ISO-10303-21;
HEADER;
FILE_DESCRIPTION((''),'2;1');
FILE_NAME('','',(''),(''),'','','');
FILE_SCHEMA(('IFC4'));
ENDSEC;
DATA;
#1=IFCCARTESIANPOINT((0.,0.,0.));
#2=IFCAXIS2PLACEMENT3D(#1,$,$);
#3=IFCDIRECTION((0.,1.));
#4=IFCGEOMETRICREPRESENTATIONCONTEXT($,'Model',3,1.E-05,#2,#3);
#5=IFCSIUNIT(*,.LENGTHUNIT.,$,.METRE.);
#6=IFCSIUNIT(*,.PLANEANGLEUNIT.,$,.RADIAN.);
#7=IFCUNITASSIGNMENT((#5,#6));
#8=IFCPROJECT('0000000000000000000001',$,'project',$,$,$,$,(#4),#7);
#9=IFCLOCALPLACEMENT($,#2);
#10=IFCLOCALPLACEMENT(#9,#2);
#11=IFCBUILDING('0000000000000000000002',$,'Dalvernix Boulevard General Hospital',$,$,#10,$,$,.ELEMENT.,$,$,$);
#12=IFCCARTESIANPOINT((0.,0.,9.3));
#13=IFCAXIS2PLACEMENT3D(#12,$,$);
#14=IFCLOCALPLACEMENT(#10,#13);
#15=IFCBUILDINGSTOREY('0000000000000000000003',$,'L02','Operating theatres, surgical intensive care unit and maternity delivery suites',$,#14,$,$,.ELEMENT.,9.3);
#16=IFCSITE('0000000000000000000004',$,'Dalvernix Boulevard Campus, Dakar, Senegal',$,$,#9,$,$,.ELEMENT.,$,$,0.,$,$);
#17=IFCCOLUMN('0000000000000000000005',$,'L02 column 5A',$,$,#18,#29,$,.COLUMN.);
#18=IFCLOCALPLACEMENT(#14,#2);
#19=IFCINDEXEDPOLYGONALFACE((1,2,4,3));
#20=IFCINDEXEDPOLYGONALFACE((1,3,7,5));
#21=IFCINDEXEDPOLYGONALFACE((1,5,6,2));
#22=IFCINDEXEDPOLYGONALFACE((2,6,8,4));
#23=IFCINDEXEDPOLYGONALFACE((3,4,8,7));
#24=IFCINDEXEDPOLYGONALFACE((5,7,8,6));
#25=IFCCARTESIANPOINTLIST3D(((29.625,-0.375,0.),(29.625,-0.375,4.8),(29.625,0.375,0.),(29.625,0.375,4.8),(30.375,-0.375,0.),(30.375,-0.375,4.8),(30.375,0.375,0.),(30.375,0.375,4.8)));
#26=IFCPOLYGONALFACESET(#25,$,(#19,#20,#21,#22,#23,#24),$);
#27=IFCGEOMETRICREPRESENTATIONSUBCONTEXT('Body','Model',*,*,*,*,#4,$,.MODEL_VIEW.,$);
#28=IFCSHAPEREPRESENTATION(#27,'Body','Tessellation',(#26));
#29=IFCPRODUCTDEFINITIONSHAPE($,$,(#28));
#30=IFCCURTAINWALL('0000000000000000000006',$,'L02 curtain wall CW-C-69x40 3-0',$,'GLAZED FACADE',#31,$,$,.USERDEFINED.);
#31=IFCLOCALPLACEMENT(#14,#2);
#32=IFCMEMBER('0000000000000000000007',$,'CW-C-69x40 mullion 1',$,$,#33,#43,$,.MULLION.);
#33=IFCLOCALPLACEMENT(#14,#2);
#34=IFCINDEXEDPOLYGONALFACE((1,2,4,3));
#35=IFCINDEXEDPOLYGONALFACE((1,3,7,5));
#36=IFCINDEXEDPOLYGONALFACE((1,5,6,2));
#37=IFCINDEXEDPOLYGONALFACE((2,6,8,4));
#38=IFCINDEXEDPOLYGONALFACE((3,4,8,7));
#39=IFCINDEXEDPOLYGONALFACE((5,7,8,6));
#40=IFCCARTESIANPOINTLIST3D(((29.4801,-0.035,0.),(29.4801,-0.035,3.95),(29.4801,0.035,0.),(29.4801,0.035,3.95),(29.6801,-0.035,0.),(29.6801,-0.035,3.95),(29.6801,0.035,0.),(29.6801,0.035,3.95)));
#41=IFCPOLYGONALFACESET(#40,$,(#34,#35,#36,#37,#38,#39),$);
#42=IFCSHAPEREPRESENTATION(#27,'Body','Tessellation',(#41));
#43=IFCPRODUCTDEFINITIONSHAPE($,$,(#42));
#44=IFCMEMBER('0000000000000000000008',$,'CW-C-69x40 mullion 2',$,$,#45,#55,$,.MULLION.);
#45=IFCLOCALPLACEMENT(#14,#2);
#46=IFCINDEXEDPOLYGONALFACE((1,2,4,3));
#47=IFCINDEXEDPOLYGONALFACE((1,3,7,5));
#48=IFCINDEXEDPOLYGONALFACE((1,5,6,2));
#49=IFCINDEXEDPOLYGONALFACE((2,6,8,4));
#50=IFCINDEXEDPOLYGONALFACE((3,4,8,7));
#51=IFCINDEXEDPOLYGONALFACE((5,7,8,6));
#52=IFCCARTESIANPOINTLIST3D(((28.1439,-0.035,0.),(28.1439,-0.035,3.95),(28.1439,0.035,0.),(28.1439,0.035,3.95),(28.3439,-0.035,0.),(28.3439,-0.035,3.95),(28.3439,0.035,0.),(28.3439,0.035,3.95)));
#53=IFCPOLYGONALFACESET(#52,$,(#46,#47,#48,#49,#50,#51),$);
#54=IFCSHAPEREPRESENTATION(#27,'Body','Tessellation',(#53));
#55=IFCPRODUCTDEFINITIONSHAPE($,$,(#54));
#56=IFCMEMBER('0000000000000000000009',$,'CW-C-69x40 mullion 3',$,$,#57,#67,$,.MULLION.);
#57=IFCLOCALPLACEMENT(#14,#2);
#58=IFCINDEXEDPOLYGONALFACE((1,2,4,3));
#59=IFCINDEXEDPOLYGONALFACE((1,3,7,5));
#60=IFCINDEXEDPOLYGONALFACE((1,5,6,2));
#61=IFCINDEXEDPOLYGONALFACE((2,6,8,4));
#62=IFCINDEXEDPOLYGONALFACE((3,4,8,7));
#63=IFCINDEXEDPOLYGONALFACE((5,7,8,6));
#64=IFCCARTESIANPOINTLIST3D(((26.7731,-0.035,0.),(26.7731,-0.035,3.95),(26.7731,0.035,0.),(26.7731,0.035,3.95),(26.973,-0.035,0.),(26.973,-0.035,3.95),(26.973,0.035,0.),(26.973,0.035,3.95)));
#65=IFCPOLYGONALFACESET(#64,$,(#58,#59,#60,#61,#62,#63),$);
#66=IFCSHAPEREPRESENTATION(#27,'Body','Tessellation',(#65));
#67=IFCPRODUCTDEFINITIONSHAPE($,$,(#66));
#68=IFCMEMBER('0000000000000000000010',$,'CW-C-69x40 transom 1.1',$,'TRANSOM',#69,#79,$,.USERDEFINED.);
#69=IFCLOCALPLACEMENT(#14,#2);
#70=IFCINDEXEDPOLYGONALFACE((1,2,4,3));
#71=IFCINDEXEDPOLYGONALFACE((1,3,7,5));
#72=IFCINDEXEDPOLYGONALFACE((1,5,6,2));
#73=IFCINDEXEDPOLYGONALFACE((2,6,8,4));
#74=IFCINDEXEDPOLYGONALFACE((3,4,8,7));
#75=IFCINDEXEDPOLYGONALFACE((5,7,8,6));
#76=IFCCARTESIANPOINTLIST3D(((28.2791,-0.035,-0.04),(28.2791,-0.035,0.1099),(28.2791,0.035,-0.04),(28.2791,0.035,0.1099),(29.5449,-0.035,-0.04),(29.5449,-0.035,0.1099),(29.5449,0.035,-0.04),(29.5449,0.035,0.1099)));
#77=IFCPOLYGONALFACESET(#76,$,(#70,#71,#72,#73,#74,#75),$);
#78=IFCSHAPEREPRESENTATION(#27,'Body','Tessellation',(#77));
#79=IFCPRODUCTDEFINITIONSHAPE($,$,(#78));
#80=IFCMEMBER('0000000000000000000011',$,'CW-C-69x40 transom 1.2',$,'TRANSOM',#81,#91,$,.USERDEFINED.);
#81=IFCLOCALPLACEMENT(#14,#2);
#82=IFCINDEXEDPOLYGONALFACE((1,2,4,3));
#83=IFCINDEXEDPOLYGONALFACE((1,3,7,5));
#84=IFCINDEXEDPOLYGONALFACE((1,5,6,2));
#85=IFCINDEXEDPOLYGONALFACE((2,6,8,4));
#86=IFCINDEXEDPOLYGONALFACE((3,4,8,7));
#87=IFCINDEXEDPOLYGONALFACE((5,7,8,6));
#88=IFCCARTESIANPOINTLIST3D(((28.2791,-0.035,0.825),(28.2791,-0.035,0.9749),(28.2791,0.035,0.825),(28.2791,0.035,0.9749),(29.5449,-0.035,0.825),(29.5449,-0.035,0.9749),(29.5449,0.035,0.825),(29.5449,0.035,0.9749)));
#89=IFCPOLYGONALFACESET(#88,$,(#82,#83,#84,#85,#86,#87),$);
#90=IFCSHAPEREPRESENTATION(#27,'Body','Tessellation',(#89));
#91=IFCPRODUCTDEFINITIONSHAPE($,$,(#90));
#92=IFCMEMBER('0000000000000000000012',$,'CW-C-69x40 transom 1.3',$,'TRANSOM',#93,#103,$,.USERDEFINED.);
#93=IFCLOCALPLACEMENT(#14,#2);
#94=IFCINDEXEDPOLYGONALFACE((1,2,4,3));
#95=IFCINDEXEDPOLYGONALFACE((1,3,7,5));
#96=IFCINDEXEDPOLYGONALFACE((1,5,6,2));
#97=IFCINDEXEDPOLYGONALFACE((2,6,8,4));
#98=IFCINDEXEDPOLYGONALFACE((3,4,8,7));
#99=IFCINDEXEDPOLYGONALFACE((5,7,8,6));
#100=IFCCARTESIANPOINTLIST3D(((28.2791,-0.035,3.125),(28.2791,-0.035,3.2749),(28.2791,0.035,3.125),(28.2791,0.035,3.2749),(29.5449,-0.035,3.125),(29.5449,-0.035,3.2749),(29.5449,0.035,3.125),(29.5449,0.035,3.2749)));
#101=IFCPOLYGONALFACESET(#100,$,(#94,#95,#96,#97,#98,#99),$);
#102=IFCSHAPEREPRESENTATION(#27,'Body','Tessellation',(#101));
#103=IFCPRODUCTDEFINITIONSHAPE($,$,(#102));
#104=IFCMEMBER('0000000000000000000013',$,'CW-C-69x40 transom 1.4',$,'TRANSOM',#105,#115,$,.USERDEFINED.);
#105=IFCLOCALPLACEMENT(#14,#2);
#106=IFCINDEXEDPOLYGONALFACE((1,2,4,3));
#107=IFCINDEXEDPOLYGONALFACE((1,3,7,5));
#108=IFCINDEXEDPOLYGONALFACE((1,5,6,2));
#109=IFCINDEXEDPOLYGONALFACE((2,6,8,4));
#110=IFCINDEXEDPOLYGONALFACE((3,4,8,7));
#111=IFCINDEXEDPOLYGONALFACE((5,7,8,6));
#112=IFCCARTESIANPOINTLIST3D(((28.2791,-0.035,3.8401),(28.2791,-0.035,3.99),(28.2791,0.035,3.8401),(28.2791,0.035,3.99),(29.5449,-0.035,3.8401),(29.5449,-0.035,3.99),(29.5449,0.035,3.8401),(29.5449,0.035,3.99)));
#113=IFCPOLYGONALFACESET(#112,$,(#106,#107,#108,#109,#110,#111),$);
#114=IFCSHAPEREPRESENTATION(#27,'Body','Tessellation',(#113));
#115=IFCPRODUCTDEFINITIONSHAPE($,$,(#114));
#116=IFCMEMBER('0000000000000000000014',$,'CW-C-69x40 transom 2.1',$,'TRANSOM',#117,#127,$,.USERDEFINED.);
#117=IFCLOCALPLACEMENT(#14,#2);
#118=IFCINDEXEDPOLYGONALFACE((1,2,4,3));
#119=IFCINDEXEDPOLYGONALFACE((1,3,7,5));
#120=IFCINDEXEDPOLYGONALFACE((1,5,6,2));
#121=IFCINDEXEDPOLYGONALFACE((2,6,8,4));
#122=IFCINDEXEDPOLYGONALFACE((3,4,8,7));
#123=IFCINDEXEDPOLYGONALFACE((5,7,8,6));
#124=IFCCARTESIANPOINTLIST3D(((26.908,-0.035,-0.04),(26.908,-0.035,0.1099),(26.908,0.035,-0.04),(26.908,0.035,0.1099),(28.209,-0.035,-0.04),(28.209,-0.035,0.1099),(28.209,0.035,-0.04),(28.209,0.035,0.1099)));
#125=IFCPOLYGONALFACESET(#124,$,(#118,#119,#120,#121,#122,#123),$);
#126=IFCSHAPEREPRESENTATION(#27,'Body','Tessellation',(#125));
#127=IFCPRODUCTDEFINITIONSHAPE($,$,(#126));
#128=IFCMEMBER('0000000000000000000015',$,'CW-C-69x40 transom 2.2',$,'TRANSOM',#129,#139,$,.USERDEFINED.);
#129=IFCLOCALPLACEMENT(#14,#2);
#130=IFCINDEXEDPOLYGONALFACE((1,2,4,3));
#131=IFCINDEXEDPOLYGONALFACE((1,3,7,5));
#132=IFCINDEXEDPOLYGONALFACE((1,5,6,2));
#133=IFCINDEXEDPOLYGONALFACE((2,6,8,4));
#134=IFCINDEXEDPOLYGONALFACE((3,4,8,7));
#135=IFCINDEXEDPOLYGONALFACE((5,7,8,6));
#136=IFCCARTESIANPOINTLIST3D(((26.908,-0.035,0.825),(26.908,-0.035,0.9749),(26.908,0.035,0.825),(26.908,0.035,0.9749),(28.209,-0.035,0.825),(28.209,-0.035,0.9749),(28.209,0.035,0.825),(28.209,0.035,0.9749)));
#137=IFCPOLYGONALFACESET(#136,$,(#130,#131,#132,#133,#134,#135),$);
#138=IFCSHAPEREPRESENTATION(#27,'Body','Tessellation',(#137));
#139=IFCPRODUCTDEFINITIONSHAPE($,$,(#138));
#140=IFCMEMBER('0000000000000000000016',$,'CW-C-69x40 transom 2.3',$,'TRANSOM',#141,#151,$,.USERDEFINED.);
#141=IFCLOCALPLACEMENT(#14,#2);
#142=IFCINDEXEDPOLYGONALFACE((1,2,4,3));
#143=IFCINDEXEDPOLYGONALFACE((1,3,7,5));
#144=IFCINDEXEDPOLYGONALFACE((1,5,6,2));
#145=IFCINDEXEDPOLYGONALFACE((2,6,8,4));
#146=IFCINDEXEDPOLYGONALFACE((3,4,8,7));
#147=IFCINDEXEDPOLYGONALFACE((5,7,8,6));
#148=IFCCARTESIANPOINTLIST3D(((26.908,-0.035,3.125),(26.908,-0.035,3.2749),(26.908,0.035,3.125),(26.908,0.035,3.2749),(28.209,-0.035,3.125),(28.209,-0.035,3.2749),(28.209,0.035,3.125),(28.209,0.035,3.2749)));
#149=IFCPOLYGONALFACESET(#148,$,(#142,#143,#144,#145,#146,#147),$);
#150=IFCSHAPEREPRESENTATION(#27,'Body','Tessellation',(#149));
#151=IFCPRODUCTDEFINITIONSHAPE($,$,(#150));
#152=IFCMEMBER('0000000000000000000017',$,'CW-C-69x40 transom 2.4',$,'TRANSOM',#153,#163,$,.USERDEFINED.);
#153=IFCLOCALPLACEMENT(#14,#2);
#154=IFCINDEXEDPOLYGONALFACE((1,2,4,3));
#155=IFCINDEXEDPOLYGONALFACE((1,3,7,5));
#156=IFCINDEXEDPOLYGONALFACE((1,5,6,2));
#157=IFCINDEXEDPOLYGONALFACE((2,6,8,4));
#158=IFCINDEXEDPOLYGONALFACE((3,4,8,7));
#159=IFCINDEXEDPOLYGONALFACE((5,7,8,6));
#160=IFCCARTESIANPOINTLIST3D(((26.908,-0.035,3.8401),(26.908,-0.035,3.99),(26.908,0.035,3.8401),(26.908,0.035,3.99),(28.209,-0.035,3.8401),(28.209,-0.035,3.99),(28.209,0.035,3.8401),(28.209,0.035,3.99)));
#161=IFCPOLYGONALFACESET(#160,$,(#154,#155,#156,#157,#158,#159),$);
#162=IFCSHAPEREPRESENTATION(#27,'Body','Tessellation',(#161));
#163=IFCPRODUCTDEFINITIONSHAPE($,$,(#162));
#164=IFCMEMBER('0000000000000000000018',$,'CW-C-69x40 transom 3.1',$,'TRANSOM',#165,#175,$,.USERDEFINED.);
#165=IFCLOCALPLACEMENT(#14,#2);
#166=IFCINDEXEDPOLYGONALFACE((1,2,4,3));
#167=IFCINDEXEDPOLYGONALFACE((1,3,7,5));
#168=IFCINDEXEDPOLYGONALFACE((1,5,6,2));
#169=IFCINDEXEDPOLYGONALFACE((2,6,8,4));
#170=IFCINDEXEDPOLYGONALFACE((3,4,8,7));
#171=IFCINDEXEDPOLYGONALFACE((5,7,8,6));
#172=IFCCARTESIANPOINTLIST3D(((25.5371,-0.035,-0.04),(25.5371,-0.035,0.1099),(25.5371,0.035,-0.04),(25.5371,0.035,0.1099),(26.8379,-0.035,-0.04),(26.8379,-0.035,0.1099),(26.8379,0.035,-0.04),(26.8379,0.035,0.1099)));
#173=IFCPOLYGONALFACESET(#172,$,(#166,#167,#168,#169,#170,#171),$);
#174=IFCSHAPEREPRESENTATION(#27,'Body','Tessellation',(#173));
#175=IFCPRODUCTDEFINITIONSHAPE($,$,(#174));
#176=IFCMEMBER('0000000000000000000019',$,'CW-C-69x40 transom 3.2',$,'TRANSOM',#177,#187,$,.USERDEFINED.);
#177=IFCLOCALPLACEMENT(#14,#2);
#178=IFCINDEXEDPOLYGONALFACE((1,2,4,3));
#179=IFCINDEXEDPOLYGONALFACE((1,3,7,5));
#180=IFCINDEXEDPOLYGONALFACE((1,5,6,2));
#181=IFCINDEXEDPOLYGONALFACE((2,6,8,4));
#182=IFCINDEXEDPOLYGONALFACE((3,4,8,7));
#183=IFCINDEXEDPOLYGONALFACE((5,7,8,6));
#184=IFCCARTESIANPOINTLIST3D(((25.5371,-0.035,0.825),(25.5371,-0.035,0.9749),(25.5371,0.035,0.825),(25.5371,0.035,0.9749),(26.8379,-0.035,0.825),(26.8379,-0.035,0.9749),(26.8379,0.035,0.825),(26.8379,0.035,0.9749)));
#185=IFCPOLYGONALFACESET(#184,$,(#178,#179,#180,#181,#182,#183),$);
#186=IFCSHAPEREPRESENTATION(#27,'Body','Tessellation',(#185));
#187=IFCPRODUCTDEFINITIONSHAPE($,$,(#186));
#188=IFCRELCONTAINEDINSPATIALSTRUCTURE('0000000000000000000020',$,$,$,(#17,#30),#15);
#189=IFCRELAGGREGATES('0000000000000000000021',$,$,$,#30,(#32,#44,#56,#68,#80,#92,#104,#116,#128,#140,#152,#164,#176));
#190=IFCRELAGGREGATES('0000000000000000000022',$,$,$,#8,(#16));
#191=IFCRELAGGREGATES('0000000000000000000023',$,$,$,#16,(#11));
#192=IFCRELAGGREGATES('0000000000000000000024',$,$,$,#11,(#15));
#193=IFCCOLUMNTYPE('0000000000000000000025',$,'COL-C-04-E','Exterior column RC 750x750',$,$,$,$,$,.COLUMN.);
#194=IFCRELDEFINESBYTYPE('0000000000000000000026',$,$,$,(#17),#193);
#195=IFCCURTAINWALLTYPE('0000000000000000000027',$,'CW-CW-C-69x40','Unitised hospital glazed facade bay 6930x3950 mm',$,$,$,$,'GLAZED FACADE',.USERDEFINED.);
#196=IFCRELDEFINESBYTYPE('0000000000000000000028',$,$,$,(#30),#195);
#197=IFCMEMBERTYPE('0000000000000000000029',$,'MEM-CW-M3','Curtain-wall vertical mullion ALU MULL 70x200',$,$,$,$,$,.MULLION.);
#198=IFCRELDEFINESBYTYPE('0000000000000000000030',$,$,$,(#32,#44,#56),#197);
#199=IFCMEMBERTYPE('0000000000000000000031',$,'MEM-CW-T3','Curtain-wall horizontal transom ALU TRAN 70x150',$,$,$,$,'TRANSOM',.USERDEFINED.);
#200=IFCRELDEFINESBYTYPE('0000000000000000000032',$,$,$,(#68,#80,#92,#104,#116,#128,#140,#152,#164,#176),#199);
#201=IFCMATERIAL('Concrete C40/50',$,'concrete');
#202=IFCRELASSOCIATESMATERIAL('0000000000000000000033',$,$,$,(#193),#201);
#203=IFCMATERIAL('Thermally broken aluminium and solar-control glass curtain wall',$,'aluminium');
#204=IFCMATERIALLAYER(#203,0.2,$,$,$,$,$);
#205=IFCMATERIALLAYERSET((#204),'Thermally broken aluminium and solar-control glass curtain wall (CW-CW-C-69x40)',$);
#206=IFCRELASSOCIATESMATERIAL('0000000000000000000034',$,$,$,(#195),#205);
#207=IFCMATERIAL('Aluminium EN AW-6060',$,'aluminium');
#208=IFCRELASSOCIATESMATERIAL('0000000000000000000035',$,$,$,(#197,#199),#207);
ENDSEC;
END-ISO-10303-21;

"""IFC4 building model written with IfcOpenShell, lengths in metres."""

from ifc_helpers import new_model, si_unit, direction, frame, origin, origin_2d, place, context, subcontext, project, spatial, rectangle, extrude, material, layer, layer_set, material_profile, profile_set, type_object, element, aggregate, save


model = new_model("IFC4")

# Units and contexts
model_context = context("Model", 3, precision=1e-05, world=origin(), true_north=direction((0.0, 1.0)))
body_context = subcontext(model_context, "Body", "Model", "MODEL_VIEW")
ifc_project = project(units=[si_unit("LENGTHUNIT", "METRE"), si_unit("PLANEANGLEUNIT", "RADIAN")], contexts=[model_context])

# Site, building, storey
site_placement = place(None, origin())
site = spatial("IfcSite", under=ifc_project, at=site_placement, Name="Dalvernix Boulevard Campus, Dakar, Senegal", CompositionType="ELEMENT", RefElevation=0.0)
building_placement = place(site_placement, origin())
building = spatial("IfcBuilding", under=site, at=building_placement, Name="Dalvernix Boulevard General Hospital", CompositionType="ELEMENT")
storey_placement = place(building_placement, frame((0.0, 0.0, 9.3)))
storey = spatial("IfcBuildingStorey", under=building, at=storey_placement, Name="L02", Description="Operating theatres, surgical intensive care unit and maternity delivery suites", CompositionType="ELEMENT", Elevation=9.3)

# Column
ifc_material_1 = material(Name="Concrete C40/50", Category="concrete")
ifc_material_profile_1 = material_profile(ifc_material_1, rectangle(XDim=0.75, YDim=0.75, at=origin_2d()), Name="RC 750x750")
ifc_profile_set_1 = profile_set([ifc_material_profile_1], Name="Concrete C40/50")
column_type = type_object("IfcColumnType", Name="COL-C-04-E", Description="Exterior column RC 750x750", PredefinedType="COLUMN", material=ifc_profile_set_1)
column_placement = place(storey_placement, frame((30.0, 0.0, 0.0), z_axis=(0.0, 0.0, 1.0), x_axis=(1.0, 0.0, 0.0)))
element("IfcColumn", 1, at=column_placement, inside=storey, type_object=column_type, Name="L02 column 5A", PredefinedType="COLUMN", context=body_context, shape_type="SweptSolid", body=[
    extrude(rectangle(XDim=0.75, YDim=0.75, at=origin_2d()), origin(), (0.0, 0.0, 1.0), 4.8),
])

# Curtain wall, members
ifc_material_2 = material(Name="Thermally broken aluminium and solar-control glass curtain wall", Category="aluminium")
ifc_layer_1 = layer(ifc_material_2, 0.2)
ifc_layer_set_1 = layer_set([ifc_layer_1], Name="Thermally broken aluminium and solar-control glass curtain wall (CW-CW-C-69x40)")
curtain_wall_type = type_object("IfcCurtainWallType", Name="CW-CW-C-69x40", Description="Unitised hospital glazed facade bay 6930x3950 mm", ElementType="GLAZED FACADE", PredefinedType="USERDEFINED", material=ifc_layer_set_1)
curtain_wall_placement = place(storey_placement, origin())
curtain_wall = element("IfcCurtainWall", 2, at=curtain_wall_placement, inside=storey, type_object=curtain_wall_type, Name="L02 curtain wall CW-C-69x40 3-0", ObjectType="GLAZED FACADE", PredefinedType="USERDEFINED")
ifc_material_3 = material(Name="Aluminium EN AW-6060", Category="aluminium")
ifc_material_profile_2 = material_profile(ifc_material_3, rectangle(XDim=0.0701, YDim=0.2, at=origin_2d()), Name="ALU MULL 70x200")
ifc_profile_set_2 = profile_set([ifc_material_profile_2], Name="Aluminium EN AW-6060")
member_type_1 = type_object("IfcMemberType", Name="MEM-CW-M3", Description="Curtain-wall vertical mullion ALU MULL 70x200", PredefinedType="MULLION", material=ifc_profile_set_2)
member_1_placement = place(storey_placement, frame((29.5801, 0.0, 0.0), z_axis=(0.0, 0.0, 1.0), x_axis=(0.0, -1.0, 0.0)))
member_1 = element("IfcMember", 3, at=member_1_placement, type_object=member_type_1, Name="CW-C-69x40 mullion 1", PredefinedType="MULLION", context=body_context, shape_type="SweptSolid", body=[
    extrude(rectangle(XDim=0.0701, YDim=0.2, at=origin_2d()), origin(), (0.0, 0.0, 1.0), 3.95),
])
member_2_placement = place(storey_placement, frame((28.2439, 0.0, 0.0), z_axis=(0.0, 0.0, 1.0), x_axis=(0.0, -1.0, 0.0)))
member_2 = element("IfcMember", 4, at=member_2_placement, type_object=member_type_1, Name="CW-C-69x40 mullion 2", PredefinedType="MULLION", context=body_context, shape_type="SweptSolid", body=[
    extrude(rectangle(XDim=0.0701, YDim=0.2, at=origin_2d()), origin(), (0.0, 0.0, 1.0), 3.95),
])
member_3_placement = place(storey_placement, frame((26.873, 0.0, 0.0), z_axis=(0.0, 0.0, 1.0), x_axis=(0.0, -1.0, 0.0)))
member_3 = element("IfcMember", 5, at=member_3_placement, type_object=member_type_1, Name="CW-C-69x40 mullion 3", PredefinedType="MULLION", context=body_context, shape_type="SweptSolid", body=[
    extrude(rectangle(XDim=0.0701, YDim=0.2, at=origin_2d()), origin(), (0.0, 0.0, 1.0), 3.95),
])
ifc_material_profile_3 = material_profile(ifc_material_3, rectangle(XDim=0.0701, YDim=0.1499, at=origin_2d()), Name="ALU TRAN 70x150")
ifc_profile_set_3 = profile_set([ifc_material_profile_3], Name="Aluminium EN AW-6060")
member_type_2 = type_object("IfcMemberType", Name="MEM-CW-T3", Description="Curtain-wall horizontal transom ALU TRAN 70x150", ElementType="TRANSOM", PredefinedType="USERDEFINED", material=ifc_profile_set_3)
member_4_placement = place(storey_placement, frame((29.5449, 0.0, 0.0349), z_axis=(-1.0, 0.0, 0.0), x_axis=(0.0, -1.0, 0.0)))
member_4 = element("IfcMember", 6, at=member_4_placement, type_object=member_type_2, Name="CW-C-69x40 transom 1.1", ObjectType="TRANSOM", PredefinedType="USERDEFINED", context=body_context, shape_type="SweptSolid", body=[
    extrude(rectangle(XDim=0.0701, YDim=0.1499, at=origin_2d()), origin(), (0.0, 0.0, 1.0), 1.2659),
])
member_5_placement = place(storey_placement, frame((29.5449, 0.0, 0.8999), z_axis=(-1.0, 0.0, 0.0), x_axis=(0.0, -1.0, 0.0)))
member_5 = element("IfcMember", 7, at=member_5_placement, type_object=member_type_2, Name="CW-C-69x40 transom 1.2", ObjectType="TRANSOM", PredefinedType="USERDEFINED", context=body_context, shape_type="SweptSolid", body=[
    extrude(rectangle(XDim=0.0701, YDim=0.1499, at=origin_2d()), origin(), (0.0, 0.0, 1.0), 1.2659),
])
member_6_placement = place(storey_placement, frame((29.5449, 0.0, 3.2), z_axis=(-1.0, 0.0, 0.0), x_axis=(0.0, -1.0, 0.0)))
member_6 = element("IfcMember", 8, at=member_6_placement, type_object=member_type_2, Name="CW-C-69x40 transom 1.3", ObjectType="TRANSOM", PredefinedType="USERDEFINED", context=body_context, shape_type="SweptSolid", body=[
    extrude(rectangle(XDim=0.0701, YDim=0.1499, at=origin_2d()), origin(), (0.0, 0.0, 1.0), 1.2659),
])
member_7_placement = place(storey_placement, frame((29.5449, 0.0, 3.915), z_axis=(-1.0, 0.0, 0.0), x_axis=(0.0, -1.0, 0.0)))
member_7 = element("IfcMember", 9, at=member_7_placement, type_object=member_type_2, Name="CW-C-69x40 transom 1.4", ObjectType="TRANSOM", PredefinedType="USERDEFINED", context=body_context, shape_type="SweptSolid", body=[
    extrude(rectangle(XDim=0.0701, YDim=0.1499, at=origin_2d()), origin(), (0.0, 0.0, 1.0), 1.2659),
])
member_8_placement = place(storey_placement, frame((28.209, 0.0, 0.0349), z_axis=(-1.0, 0.0, 0.0), x_axis=(0.0, -1.0, 0.0)))
member_8 = element("IfcMember", 10, at=member_8_placement, type_object=member_type_2, Name="CW-C-69x40 transom 2.1", ObjectType="TRANSOM", PredefinedType="USERDEFINED", context=body_context, shape_type="SweptSolid", body=[
    extrude(rectangle(XDim=0.0701, YDim=0.1499, at=origin_2d()), origin(), (0.0, 0.0, 1.0), 1.301),
])
member_9_placement = place(storey_placement, frame((28.209, 0.0, 0.8999), z_axis=(-1.0, 0.0, 0.0), x_axis=(0.0, -1.0, 0.0)))
member_9 = element("IfcMember", 11, at=member_9_placement, type_object=member_type_2, Name="CW-C-69x40 transom 2.2", ObjectType="TRANSOM", PredefinedType="USERDEFINED", context=body_context, shape_type="SweptSolid", body=[
    extrude(rectangle(XDim=0.0701, YDim=0.1499, at=origin_2d()), origin(), (0.0, 0.0, 1.0), 1.301),
])
member_10_placement = place(storey_placement, frame((28.209, 0.0, 3.2), z_axis=(-1.0, 0.0, 0.0), x_axis=(0.0, -1.0, 0.0)))
member_10 = element("IfcMember", 12, at=member_10_placement, type_object=member_type_2, Name="CW-C-69x40 transom 2.3", ObjectType="TRANSOM", PredefinedType="USERDEFINED", context=body_context, shape_type="SweptSolid", body=[
    extrude(rectangle(XDim=0.0701, YDim=0.1499, at=origin_2d()), origin(), (0.0, 0.0, 1.0), 1.301),
])
member_11_placement = place(storey_placement, frame((28.209, 0.0, 3.915), z_axis=(-1.0, 0.0, 0.0), x_axis=(0.0, -1.0, 0.0)))
member_11 = element("IfcMember", 13, at=member_11_placement, type_object=member_type_2, Name="CW-C-69x40 transom 2.4", ObjectType="TRANSOM", PredefinedType="USERDEFINED", context=body_context, shape_type="SweptSolid", body=[
    extrude(rectangle(XDim=0.0701, YDim=0.1499, at=origin_2d()), origin(), (0.0, 0.0, 1.0), 1.301),
])
member_12_placement = place(storey_placement, frame((26.8379, 0.0, 0.0349), z_axis=(-1.0, 0.0, 0.0), x_axis=(0.0, -1.0, 0.0)))
member_12 = element("IfcMember", 14, at=member_12_placement, type_object=member_type_2, Name="CW-C-69x40 transom 3.1", ObjectType="TRANSOM", PredefinedType="USERDEFINED", context=body_context, shape_type="SweptSolid", body=[
    extrude(rectangle(XDim=0.0701, YDim=0.1499, at=origin_2d()), origin(), (0.0, 0.0, 1.0), 1.3008),
])
member_13_placement = place(storey_placement, frame((26.8379, 0.0, 0.8999), z_axis=(-1.0, 0.0, 0.0), x_axis=(0.0, -1.0, 0.0)))
member_13 = element("IfcMember", 15, at=member_13_placement, type_object=member_type_2, Name="CW-C-69x40 transom 3.2", ObjectType="TRANSOM", PredefinedType="USERDEFINED", context=body_context, shape_type="SweptSolid", body=[
    extrude(rectangle(XDim=0.0701, YDim=0.1499, at=origin_2d()), origin(), (0.0, 0.0, 1.0), 1.3008),
])
aggregate(curtain_wall, [member_1, member_2, member_3, member_4, member_5, member_6, member_7, member_8, member_9, member_10, member_11, member_12, member_13])

save(model, "model.ifc")
